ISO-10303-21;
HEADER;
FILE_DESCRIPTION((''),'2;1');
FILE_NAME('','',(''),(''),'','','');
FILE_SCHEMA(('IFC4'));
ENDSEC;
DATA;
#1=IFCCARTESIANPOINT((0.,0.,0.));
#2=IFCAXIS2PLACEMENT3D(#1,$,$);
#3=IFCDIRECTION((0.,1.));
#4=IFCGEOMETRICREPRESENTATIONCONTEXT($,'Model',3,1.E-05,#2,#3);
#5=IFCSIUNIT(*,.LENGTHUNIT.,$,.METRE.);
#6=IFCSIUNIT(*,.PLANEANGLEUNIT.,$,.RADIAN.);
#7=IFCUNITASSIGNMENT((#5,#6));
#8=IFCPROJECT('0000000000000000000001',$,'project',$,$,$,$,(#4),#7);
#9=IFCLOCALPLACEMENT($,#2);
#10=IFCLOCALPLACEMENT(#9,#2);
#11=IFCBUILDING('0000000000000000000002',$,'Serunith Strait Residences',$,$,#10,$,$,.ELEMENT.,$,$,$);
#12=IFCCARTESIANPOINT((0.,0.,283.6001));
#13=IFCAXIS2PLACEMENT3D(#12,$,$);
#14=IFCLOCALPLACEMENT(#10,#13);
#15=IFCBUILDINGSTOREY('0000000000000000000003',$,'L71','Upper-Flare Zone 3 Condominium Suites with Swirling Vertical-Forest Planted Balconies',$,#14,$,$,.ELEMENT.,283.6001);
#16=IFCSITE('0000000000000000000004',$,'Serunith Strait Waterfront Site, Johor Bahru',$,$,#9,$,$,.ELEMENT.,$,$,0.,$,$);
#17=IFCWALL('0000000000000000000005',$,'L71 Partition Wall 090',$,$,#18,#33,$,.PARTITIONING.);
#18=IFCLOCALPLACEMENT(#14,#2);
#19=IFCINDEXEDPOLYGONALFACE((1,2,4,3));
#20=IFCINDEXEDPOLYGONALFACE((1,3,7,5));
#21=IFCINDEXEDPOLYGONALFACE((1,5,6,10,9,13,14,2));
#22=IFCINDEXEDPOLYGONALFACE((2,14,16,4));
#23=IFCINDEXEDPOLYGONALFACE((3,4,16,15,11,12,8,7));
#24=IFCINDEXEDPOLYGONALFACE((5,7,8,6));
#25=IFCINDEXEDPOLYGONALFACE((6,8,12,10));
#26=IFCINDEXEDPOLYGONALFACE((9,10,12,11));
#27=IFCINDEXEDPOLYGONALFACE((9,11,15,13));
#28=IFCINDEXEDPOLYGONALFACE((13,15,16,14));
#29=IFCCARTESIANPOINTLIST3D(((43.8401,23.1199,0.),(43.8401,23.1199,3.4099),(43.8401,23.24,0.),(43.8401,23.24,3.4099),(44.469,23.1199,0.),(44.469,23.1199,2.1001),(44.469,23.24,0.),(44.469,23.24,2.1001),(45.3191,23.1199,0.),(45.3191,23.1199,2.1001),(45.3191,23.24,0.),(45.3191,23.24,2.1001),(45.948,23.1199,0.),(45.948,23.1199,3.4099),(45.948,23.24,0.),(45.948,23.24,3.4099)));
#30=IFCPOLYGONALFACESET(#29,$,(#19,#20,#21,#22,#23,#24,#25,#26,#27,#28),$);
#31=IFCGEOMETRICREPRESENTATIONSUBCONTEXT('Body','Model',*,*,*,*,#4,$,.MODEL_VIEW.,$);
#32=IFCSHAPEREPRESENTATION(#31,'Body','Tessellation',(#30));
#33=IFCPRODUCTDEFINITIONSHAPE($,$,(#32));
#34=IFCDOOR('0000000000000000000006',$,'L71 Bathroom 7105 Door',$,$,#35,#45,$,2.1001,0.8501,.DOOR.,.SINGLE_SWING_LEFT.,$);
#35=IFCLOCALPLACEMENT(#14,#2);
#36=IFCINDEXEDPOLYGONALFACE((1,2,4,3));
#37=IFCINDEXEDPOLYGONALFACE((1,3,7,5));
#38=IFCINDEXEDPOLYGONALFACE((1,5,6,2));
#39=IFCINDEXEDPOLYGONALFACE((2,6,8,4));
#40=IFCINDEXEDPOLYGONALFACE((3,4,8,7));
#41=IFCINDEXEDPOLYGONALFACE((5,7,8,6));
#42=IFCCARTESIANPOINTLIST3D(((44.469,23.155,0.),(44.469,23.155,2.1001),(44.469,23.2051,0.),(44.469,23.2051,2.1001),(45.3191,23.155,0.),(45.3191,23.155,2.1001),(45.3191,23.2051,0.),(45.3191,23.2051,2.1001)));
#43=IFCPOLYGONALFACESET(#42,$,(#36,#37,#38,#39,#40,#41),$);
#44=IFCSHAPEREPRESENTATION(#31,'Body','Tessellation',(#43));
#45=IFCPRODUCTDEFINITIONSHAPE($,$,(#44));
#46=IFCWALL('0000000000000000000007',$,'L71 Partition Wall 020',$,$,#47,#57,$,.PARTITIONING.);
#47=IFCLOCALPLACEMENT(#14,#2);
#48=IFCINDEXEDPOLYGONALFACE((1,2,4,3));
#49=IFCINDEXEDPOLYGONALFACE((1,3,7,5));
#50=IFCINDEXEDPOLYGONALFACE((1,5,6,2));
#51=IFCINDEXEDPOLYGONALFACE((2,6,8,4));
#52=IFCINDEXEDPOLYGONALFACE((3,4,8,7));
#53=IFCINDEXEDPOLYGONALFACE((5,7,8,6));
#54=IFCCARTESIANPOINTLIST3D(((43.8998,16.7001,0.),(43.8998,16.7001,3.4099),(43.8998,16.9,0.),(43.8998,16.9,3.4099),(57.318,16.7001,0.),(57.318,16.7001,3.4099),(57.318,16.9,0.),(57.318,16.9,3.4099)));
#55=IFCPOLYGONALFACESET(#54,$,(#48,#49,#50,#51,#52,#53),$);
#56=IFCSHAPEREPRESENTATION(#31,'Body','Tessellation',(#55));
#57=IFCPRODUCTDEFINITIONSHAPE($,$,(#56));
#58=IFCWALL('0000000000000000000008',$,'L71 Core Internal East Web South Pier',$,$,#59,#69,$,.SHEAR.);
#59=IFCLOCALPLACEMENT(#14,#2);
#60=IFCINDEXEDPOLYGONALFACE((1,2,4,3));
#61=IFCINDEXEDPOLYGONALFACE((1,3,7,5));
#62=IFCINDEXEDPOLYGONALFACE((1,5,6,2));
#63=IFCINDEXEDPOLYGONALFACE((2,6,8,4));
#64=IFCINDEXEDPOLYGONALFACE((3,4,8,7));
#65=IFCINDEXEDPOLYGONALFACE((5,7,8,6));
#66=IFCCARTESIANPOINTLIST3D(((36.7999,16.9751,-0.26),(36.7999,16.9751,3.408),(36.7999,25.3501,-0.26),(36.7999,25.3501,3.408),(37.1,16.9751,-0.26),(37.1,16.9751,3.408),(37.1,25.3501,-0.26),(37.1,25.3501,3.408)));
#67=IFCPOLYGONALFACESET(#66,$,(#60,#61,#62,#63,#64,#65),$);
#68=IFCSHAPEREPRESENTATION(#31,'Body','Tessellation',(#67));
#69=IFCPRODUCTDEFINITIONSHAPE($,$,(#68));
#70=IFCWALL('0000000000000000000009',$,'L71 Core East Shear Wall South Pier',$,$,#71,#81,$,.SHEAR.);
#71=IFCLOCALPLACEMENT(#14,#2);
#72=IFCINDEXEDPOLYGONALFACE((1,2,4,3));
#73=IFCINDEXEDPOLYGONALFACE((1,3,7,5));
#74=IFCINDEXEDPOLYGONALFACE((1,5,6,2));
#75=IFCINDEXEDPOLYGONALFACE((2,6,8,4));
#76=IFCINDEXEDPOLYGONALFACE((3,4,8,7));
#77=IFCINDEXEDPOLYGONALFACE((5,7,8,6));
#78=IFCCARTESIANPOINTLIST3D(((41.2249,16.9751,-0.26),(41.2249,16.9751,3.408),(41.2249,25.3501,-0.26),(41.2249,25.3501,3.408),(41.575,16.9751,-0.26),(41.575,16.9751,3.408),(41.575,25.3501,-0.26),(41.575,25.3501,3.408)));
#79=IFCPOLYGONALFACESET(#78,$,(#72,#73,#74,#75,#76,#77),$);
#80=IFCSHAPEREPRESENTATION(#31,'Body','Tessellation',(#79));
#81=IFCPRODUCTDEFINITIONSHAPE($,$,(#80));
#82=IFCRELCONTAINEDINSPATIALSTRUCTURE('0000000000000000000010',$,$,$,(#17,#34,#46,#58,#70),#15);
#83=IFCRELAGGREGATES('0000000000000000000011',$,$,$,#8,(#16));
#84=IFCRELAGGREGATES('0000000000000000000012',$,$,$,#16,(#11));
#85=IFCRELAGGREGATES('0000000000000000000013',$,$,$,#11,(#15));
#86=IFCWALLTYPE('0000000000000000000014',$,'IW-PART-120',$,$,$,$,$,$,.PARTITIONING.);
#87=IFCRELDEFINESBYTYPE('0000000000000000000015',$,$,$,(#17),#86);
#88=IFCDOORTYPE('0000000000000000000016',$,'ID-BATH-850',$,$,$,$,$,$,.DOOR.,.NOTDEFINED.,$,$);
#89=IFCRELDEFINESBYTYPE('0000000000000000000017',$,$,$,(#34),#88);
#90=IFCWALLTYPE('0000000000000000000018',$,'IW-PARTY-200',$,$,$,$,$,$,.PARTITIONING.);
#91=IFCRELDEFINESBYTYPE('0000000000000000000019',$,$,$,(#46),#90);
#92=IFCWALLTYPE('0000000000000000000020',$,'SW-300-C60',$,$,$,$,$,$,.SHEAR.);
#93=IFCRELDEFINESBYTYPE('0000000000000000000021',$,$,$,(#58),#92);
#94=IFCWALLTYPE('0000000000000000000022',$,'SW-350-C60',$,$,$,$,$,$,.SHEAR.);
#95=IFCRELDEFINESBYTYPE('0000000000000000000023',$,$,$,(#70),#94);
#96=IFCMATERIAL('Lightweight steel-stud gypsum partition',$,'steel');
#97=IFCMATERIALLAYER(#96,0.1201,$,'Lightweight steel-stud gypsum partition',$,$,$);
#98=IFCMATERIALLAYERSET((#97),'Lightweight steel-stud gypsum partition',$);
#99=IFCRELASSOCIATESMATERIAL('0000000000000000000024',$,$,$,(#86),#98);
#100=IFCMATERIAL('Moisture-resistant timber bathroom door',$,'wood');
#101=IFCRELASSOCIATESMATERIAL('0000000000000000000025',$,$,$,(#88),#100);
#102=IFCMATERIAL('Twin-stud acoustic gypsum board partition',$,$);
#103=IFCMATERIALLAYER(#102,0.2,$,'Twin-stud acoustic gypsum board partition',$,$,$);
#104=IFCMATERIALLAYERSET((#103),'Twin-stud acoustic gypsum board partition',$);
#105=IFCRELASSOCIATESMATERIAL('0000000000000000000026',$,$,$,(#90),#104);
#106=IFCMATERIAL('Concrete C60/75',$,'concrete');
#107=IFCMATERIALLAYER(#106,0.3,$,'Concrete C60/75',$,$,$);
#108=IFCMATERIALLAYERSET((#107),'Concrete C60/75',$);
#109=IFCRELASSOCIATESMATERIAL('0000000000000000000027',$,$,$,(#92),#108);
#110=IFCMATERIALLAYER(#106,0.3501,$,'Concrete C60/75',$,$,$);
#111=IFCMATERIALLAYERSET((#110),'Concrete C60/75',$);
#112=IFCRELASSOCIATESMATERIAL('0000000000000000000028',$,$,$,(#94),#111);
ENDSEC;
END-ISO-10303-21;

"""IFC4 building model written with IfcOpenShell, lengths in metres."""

from ifc_helpers import new_model, si_unit, direction, frame, frame_2d, origin, place, context, subcontext, project, spatial, rectangle, extrude, source, transform, mapped, material, layer, layer_set, type_object, element, fill, save


model = new_model("IFC4")

# Units and contexts
model_context = context("Model", 3, precision=1e-05, world=origin(), true_north=direction((0.0, 1.0)))
body_context = subcontext(model_context, "Body", "Model", "MODEL_VIEW")
ifc_project = project(units=[si_unit("LENGTHUNIT", "METRE"), si_unit("PLANEANGLEUNIT", "RADIAN")], contexts=[model_context])

# Site, building, storey
site_placement = place(None, origin())
site = spatial("IfcSite", under=ifc_project, at=site_placement, Name="Serunith Strait Waterfront Site, Johor Bahru", CompositionType="ELEMENT", RefElevation=0.0)
building_placement = place(site_placement, origin())
building = spatial("IfcBuilding", under=site, at=building_placement, Name="Serunith Strait Residences", CompositionType="ELEMENT")
storey_placement = place(building_placement, frame((0.0, 0.0, 283.6001)))
storey = spatial("IfcBuildingStorey", under=building, at=storey_placement, Name="L71", Description="Upper-Flare Zone 3 Condominium Suites with Swirling Vertical-Forest Planted Balconies", CompositionType="ELEMENT", Elevation=283.6001)

# Shared definitions
ifc_material_1 = material(Name="Concrete C60/75", Category="concrete")

# Shared definitions
ifc_material_2 = material(Name="Lightweight steel-stud gypsum partition", Category="steel")
ifc_layer_1 = layer(ifc_material_2, 0.1201, Name="Lightweight steel-stud gypsum partition")
ifc_layer_set_1 = layer_set([ifc_layer_1], Name="Lightweight steel-stud gypsum partition")
wall_type_1 = type_object("IfcWallType", Name="IW-PART-120", PredefinedType="PARTITIONING", material=ifc_layer_set_1)

# Wall, opening, door
wall_1_placement = place(storey_placement, frame((45.948, 23.1799, 0.0), z_axis=(0.0, 0.0, 1.0), x_axis=(-1.0, 0.0, 0.0)))
wall_1 = element("IfcWall", 1, at=wall_1_placement, inside=storey, type_object=wall_type_1, Name="L71 Partition Wall 090", PredefinedType="PARTITIONING", context=body_context, shape_type="SweptSolid", body=[
    extrude(rectangle(XDim=2.1079, YDim=0.1201, at=frame_2d((1.054, 0.0))), origin(), (0.0, 0.0, 1.0), 3.4099),
])
opening_1_placement = place(wall_1_placement, frame((0.6289, 0.0, 0.0)))
opening_1 = element("IfcOpeningElement", 2, at=opening_1_placement, cuts=wall_1, PredefinedType="OPENING", context=body_context, shape_type="SweptSolid", body=[
    extrude(rectangle(XDim=0.8501, YDim=2.1001, at=frame_2d((0.425, 1.05))), frame((0.0, 0.0701, 0.0), z_axis=(0.0, -1.0, 0.0), x_axis=(1.0, 0.0, 0.0)), (0.0, 0.0, 1.0), 0.1401),
])
ifc_material_3 = material(Name="Moisture-resistant timber bathroom door", Category="wood")
door_type_1 = type_object("IfcDoorType", Name="ID-BATH-850", OperationType="NOTDEFINED", PredefinedType="DOOR", material=ifc_material_3)
shared_shape_1 = source(origin(), body_context, "Body", "SweptSolid", [
    extrude(rectangle(XDim=0.8501, YDim=2.1001, at=frame_2d((0.425, 1.05))), frame((0.0, 0.0249, 0.0), z_axis=(0.0, -1.0, 0.0), x_axis=(1.0, 0.0, 0.0)), (0.0, 0.0, 1.0), 0.05),
])
door_1_placement = place(opening_1_placement, origin())
door_1 = element("IfcDoor", 3, at=door_1_placement, inside=storey, type_object=door_type_1, Name="L71 Bathroom 7105 Door", OperationType="SINGLE_SWING_LEFT", OverallHeight=2.1001, OverallWidth=0.8501, PredefinedType="DOOR", context=body_context, shape_type="MappedRepresentation", body=[
    mapped(shared_shape_1, transform((0.0, 0.0, 0.0), scale=1.0)),
])
fill(opening_1, door_1)

# Walls
ifc_material_4 = material(Name="Twin-stud acoustic gypsum board partition")
ifc_layer_2 = layer(ifc_material_4, 0.2, Name="Twin-stud acoustic gypsum board partition")
ifc_layer_set_2 = layer_set([ifc_layer_2], Name="Twin-stud acoustic gypsum board partition")
wall_type_2 = type_object("IfcWallType", Name="IW-PARTY-200", PredefinedType="PARTITIONING", material=ifc_layer_set_2)
wall_2_placement = place(storey_placement, frame((43.8999, 16.8, 0.0), z_axis=(0.0, 0.0, 1.0), x_axis=(1.0, 0.0, 0.0)))
element("IfcWall", 4, at=wall_2_placement, inside=storey, type_object=wall_type_2, Name="L71 Partition Wall 020", PredefinedType="PARTITIONING", context=body_context, shape_type="SweptSolid", body=[
    extrude(rectangle(XDim=13.4182, YDim=0.2, at=frame_2d((6.709, 0.0))), origin(), (0.0, 0.0, 1.0), 3.4099),
])
ifc_layer_3 = layer(ifc_material_1, 0.3, Name="Concrete C60/75")
ifc_layer_set_3 = layer_set([ifc_layer_3], Name="Concrete C60/75")
wall_type_3 = type_object("IfcWallType", Name="SW-300-C60", PredefinedType="SHEAR", material=ifc_layer_set_3)
wall_3_placement = place(storey_placement, frame((36.95, 16.9751, -0.26), z_axis=(0.0, 0.0, 1.0), x_axis=(0.0, 1.0, 0.0)))
element("IfcWall", 5, at=wall_3_placement, inside=storey, type_object=wall_type_3, Name="L71 Core Internal East Web South Pier", PredefinedType="SHEAR", context=body_context, shape_type="SweptSolid", body=[
    extrude(rectangle(XDim=8.375, YDim=0.3, at=frame_2d((4.1875, 0.0))), origin(), (0.0, 0.0, 1.0), 3.668),
])
ifc_layer_4 = layer(ifc_material_1, 0.3501, Name="Concrete C60/75")
ifc_layer_set_4 = layer_set([ifc_layer_4], Name="Concrete C60/75")
wall_type_4 = type_object("IfcWallType", Name="SW-350-C60", PredefinedType="SHEAR", material=ifc_layer_set_4)
wall_4_placement = place(storey_placement, frame((41.3999, 16.9751, -0.26), z_axis=(0.0, 0.0, 1.0), x_axis=(0.0, 1.0, 0.0)))
element("IfcWall", 6, at=wall_4_placement, inside=storey, type_object=wall_type_4, Name="L71 Core East Shear Wall South Pier", PredefinedType="SHEAR", context=body_context, shape_type="SweptSolid", body=[
    extrude(rectangle(XDim=8.375, YDim=0.3501, at=frame_2d((4.1875, 0.0))), origin(), (0.0, 0.0, 1.0), 3.668),
])

save(model, "model.ifc")
